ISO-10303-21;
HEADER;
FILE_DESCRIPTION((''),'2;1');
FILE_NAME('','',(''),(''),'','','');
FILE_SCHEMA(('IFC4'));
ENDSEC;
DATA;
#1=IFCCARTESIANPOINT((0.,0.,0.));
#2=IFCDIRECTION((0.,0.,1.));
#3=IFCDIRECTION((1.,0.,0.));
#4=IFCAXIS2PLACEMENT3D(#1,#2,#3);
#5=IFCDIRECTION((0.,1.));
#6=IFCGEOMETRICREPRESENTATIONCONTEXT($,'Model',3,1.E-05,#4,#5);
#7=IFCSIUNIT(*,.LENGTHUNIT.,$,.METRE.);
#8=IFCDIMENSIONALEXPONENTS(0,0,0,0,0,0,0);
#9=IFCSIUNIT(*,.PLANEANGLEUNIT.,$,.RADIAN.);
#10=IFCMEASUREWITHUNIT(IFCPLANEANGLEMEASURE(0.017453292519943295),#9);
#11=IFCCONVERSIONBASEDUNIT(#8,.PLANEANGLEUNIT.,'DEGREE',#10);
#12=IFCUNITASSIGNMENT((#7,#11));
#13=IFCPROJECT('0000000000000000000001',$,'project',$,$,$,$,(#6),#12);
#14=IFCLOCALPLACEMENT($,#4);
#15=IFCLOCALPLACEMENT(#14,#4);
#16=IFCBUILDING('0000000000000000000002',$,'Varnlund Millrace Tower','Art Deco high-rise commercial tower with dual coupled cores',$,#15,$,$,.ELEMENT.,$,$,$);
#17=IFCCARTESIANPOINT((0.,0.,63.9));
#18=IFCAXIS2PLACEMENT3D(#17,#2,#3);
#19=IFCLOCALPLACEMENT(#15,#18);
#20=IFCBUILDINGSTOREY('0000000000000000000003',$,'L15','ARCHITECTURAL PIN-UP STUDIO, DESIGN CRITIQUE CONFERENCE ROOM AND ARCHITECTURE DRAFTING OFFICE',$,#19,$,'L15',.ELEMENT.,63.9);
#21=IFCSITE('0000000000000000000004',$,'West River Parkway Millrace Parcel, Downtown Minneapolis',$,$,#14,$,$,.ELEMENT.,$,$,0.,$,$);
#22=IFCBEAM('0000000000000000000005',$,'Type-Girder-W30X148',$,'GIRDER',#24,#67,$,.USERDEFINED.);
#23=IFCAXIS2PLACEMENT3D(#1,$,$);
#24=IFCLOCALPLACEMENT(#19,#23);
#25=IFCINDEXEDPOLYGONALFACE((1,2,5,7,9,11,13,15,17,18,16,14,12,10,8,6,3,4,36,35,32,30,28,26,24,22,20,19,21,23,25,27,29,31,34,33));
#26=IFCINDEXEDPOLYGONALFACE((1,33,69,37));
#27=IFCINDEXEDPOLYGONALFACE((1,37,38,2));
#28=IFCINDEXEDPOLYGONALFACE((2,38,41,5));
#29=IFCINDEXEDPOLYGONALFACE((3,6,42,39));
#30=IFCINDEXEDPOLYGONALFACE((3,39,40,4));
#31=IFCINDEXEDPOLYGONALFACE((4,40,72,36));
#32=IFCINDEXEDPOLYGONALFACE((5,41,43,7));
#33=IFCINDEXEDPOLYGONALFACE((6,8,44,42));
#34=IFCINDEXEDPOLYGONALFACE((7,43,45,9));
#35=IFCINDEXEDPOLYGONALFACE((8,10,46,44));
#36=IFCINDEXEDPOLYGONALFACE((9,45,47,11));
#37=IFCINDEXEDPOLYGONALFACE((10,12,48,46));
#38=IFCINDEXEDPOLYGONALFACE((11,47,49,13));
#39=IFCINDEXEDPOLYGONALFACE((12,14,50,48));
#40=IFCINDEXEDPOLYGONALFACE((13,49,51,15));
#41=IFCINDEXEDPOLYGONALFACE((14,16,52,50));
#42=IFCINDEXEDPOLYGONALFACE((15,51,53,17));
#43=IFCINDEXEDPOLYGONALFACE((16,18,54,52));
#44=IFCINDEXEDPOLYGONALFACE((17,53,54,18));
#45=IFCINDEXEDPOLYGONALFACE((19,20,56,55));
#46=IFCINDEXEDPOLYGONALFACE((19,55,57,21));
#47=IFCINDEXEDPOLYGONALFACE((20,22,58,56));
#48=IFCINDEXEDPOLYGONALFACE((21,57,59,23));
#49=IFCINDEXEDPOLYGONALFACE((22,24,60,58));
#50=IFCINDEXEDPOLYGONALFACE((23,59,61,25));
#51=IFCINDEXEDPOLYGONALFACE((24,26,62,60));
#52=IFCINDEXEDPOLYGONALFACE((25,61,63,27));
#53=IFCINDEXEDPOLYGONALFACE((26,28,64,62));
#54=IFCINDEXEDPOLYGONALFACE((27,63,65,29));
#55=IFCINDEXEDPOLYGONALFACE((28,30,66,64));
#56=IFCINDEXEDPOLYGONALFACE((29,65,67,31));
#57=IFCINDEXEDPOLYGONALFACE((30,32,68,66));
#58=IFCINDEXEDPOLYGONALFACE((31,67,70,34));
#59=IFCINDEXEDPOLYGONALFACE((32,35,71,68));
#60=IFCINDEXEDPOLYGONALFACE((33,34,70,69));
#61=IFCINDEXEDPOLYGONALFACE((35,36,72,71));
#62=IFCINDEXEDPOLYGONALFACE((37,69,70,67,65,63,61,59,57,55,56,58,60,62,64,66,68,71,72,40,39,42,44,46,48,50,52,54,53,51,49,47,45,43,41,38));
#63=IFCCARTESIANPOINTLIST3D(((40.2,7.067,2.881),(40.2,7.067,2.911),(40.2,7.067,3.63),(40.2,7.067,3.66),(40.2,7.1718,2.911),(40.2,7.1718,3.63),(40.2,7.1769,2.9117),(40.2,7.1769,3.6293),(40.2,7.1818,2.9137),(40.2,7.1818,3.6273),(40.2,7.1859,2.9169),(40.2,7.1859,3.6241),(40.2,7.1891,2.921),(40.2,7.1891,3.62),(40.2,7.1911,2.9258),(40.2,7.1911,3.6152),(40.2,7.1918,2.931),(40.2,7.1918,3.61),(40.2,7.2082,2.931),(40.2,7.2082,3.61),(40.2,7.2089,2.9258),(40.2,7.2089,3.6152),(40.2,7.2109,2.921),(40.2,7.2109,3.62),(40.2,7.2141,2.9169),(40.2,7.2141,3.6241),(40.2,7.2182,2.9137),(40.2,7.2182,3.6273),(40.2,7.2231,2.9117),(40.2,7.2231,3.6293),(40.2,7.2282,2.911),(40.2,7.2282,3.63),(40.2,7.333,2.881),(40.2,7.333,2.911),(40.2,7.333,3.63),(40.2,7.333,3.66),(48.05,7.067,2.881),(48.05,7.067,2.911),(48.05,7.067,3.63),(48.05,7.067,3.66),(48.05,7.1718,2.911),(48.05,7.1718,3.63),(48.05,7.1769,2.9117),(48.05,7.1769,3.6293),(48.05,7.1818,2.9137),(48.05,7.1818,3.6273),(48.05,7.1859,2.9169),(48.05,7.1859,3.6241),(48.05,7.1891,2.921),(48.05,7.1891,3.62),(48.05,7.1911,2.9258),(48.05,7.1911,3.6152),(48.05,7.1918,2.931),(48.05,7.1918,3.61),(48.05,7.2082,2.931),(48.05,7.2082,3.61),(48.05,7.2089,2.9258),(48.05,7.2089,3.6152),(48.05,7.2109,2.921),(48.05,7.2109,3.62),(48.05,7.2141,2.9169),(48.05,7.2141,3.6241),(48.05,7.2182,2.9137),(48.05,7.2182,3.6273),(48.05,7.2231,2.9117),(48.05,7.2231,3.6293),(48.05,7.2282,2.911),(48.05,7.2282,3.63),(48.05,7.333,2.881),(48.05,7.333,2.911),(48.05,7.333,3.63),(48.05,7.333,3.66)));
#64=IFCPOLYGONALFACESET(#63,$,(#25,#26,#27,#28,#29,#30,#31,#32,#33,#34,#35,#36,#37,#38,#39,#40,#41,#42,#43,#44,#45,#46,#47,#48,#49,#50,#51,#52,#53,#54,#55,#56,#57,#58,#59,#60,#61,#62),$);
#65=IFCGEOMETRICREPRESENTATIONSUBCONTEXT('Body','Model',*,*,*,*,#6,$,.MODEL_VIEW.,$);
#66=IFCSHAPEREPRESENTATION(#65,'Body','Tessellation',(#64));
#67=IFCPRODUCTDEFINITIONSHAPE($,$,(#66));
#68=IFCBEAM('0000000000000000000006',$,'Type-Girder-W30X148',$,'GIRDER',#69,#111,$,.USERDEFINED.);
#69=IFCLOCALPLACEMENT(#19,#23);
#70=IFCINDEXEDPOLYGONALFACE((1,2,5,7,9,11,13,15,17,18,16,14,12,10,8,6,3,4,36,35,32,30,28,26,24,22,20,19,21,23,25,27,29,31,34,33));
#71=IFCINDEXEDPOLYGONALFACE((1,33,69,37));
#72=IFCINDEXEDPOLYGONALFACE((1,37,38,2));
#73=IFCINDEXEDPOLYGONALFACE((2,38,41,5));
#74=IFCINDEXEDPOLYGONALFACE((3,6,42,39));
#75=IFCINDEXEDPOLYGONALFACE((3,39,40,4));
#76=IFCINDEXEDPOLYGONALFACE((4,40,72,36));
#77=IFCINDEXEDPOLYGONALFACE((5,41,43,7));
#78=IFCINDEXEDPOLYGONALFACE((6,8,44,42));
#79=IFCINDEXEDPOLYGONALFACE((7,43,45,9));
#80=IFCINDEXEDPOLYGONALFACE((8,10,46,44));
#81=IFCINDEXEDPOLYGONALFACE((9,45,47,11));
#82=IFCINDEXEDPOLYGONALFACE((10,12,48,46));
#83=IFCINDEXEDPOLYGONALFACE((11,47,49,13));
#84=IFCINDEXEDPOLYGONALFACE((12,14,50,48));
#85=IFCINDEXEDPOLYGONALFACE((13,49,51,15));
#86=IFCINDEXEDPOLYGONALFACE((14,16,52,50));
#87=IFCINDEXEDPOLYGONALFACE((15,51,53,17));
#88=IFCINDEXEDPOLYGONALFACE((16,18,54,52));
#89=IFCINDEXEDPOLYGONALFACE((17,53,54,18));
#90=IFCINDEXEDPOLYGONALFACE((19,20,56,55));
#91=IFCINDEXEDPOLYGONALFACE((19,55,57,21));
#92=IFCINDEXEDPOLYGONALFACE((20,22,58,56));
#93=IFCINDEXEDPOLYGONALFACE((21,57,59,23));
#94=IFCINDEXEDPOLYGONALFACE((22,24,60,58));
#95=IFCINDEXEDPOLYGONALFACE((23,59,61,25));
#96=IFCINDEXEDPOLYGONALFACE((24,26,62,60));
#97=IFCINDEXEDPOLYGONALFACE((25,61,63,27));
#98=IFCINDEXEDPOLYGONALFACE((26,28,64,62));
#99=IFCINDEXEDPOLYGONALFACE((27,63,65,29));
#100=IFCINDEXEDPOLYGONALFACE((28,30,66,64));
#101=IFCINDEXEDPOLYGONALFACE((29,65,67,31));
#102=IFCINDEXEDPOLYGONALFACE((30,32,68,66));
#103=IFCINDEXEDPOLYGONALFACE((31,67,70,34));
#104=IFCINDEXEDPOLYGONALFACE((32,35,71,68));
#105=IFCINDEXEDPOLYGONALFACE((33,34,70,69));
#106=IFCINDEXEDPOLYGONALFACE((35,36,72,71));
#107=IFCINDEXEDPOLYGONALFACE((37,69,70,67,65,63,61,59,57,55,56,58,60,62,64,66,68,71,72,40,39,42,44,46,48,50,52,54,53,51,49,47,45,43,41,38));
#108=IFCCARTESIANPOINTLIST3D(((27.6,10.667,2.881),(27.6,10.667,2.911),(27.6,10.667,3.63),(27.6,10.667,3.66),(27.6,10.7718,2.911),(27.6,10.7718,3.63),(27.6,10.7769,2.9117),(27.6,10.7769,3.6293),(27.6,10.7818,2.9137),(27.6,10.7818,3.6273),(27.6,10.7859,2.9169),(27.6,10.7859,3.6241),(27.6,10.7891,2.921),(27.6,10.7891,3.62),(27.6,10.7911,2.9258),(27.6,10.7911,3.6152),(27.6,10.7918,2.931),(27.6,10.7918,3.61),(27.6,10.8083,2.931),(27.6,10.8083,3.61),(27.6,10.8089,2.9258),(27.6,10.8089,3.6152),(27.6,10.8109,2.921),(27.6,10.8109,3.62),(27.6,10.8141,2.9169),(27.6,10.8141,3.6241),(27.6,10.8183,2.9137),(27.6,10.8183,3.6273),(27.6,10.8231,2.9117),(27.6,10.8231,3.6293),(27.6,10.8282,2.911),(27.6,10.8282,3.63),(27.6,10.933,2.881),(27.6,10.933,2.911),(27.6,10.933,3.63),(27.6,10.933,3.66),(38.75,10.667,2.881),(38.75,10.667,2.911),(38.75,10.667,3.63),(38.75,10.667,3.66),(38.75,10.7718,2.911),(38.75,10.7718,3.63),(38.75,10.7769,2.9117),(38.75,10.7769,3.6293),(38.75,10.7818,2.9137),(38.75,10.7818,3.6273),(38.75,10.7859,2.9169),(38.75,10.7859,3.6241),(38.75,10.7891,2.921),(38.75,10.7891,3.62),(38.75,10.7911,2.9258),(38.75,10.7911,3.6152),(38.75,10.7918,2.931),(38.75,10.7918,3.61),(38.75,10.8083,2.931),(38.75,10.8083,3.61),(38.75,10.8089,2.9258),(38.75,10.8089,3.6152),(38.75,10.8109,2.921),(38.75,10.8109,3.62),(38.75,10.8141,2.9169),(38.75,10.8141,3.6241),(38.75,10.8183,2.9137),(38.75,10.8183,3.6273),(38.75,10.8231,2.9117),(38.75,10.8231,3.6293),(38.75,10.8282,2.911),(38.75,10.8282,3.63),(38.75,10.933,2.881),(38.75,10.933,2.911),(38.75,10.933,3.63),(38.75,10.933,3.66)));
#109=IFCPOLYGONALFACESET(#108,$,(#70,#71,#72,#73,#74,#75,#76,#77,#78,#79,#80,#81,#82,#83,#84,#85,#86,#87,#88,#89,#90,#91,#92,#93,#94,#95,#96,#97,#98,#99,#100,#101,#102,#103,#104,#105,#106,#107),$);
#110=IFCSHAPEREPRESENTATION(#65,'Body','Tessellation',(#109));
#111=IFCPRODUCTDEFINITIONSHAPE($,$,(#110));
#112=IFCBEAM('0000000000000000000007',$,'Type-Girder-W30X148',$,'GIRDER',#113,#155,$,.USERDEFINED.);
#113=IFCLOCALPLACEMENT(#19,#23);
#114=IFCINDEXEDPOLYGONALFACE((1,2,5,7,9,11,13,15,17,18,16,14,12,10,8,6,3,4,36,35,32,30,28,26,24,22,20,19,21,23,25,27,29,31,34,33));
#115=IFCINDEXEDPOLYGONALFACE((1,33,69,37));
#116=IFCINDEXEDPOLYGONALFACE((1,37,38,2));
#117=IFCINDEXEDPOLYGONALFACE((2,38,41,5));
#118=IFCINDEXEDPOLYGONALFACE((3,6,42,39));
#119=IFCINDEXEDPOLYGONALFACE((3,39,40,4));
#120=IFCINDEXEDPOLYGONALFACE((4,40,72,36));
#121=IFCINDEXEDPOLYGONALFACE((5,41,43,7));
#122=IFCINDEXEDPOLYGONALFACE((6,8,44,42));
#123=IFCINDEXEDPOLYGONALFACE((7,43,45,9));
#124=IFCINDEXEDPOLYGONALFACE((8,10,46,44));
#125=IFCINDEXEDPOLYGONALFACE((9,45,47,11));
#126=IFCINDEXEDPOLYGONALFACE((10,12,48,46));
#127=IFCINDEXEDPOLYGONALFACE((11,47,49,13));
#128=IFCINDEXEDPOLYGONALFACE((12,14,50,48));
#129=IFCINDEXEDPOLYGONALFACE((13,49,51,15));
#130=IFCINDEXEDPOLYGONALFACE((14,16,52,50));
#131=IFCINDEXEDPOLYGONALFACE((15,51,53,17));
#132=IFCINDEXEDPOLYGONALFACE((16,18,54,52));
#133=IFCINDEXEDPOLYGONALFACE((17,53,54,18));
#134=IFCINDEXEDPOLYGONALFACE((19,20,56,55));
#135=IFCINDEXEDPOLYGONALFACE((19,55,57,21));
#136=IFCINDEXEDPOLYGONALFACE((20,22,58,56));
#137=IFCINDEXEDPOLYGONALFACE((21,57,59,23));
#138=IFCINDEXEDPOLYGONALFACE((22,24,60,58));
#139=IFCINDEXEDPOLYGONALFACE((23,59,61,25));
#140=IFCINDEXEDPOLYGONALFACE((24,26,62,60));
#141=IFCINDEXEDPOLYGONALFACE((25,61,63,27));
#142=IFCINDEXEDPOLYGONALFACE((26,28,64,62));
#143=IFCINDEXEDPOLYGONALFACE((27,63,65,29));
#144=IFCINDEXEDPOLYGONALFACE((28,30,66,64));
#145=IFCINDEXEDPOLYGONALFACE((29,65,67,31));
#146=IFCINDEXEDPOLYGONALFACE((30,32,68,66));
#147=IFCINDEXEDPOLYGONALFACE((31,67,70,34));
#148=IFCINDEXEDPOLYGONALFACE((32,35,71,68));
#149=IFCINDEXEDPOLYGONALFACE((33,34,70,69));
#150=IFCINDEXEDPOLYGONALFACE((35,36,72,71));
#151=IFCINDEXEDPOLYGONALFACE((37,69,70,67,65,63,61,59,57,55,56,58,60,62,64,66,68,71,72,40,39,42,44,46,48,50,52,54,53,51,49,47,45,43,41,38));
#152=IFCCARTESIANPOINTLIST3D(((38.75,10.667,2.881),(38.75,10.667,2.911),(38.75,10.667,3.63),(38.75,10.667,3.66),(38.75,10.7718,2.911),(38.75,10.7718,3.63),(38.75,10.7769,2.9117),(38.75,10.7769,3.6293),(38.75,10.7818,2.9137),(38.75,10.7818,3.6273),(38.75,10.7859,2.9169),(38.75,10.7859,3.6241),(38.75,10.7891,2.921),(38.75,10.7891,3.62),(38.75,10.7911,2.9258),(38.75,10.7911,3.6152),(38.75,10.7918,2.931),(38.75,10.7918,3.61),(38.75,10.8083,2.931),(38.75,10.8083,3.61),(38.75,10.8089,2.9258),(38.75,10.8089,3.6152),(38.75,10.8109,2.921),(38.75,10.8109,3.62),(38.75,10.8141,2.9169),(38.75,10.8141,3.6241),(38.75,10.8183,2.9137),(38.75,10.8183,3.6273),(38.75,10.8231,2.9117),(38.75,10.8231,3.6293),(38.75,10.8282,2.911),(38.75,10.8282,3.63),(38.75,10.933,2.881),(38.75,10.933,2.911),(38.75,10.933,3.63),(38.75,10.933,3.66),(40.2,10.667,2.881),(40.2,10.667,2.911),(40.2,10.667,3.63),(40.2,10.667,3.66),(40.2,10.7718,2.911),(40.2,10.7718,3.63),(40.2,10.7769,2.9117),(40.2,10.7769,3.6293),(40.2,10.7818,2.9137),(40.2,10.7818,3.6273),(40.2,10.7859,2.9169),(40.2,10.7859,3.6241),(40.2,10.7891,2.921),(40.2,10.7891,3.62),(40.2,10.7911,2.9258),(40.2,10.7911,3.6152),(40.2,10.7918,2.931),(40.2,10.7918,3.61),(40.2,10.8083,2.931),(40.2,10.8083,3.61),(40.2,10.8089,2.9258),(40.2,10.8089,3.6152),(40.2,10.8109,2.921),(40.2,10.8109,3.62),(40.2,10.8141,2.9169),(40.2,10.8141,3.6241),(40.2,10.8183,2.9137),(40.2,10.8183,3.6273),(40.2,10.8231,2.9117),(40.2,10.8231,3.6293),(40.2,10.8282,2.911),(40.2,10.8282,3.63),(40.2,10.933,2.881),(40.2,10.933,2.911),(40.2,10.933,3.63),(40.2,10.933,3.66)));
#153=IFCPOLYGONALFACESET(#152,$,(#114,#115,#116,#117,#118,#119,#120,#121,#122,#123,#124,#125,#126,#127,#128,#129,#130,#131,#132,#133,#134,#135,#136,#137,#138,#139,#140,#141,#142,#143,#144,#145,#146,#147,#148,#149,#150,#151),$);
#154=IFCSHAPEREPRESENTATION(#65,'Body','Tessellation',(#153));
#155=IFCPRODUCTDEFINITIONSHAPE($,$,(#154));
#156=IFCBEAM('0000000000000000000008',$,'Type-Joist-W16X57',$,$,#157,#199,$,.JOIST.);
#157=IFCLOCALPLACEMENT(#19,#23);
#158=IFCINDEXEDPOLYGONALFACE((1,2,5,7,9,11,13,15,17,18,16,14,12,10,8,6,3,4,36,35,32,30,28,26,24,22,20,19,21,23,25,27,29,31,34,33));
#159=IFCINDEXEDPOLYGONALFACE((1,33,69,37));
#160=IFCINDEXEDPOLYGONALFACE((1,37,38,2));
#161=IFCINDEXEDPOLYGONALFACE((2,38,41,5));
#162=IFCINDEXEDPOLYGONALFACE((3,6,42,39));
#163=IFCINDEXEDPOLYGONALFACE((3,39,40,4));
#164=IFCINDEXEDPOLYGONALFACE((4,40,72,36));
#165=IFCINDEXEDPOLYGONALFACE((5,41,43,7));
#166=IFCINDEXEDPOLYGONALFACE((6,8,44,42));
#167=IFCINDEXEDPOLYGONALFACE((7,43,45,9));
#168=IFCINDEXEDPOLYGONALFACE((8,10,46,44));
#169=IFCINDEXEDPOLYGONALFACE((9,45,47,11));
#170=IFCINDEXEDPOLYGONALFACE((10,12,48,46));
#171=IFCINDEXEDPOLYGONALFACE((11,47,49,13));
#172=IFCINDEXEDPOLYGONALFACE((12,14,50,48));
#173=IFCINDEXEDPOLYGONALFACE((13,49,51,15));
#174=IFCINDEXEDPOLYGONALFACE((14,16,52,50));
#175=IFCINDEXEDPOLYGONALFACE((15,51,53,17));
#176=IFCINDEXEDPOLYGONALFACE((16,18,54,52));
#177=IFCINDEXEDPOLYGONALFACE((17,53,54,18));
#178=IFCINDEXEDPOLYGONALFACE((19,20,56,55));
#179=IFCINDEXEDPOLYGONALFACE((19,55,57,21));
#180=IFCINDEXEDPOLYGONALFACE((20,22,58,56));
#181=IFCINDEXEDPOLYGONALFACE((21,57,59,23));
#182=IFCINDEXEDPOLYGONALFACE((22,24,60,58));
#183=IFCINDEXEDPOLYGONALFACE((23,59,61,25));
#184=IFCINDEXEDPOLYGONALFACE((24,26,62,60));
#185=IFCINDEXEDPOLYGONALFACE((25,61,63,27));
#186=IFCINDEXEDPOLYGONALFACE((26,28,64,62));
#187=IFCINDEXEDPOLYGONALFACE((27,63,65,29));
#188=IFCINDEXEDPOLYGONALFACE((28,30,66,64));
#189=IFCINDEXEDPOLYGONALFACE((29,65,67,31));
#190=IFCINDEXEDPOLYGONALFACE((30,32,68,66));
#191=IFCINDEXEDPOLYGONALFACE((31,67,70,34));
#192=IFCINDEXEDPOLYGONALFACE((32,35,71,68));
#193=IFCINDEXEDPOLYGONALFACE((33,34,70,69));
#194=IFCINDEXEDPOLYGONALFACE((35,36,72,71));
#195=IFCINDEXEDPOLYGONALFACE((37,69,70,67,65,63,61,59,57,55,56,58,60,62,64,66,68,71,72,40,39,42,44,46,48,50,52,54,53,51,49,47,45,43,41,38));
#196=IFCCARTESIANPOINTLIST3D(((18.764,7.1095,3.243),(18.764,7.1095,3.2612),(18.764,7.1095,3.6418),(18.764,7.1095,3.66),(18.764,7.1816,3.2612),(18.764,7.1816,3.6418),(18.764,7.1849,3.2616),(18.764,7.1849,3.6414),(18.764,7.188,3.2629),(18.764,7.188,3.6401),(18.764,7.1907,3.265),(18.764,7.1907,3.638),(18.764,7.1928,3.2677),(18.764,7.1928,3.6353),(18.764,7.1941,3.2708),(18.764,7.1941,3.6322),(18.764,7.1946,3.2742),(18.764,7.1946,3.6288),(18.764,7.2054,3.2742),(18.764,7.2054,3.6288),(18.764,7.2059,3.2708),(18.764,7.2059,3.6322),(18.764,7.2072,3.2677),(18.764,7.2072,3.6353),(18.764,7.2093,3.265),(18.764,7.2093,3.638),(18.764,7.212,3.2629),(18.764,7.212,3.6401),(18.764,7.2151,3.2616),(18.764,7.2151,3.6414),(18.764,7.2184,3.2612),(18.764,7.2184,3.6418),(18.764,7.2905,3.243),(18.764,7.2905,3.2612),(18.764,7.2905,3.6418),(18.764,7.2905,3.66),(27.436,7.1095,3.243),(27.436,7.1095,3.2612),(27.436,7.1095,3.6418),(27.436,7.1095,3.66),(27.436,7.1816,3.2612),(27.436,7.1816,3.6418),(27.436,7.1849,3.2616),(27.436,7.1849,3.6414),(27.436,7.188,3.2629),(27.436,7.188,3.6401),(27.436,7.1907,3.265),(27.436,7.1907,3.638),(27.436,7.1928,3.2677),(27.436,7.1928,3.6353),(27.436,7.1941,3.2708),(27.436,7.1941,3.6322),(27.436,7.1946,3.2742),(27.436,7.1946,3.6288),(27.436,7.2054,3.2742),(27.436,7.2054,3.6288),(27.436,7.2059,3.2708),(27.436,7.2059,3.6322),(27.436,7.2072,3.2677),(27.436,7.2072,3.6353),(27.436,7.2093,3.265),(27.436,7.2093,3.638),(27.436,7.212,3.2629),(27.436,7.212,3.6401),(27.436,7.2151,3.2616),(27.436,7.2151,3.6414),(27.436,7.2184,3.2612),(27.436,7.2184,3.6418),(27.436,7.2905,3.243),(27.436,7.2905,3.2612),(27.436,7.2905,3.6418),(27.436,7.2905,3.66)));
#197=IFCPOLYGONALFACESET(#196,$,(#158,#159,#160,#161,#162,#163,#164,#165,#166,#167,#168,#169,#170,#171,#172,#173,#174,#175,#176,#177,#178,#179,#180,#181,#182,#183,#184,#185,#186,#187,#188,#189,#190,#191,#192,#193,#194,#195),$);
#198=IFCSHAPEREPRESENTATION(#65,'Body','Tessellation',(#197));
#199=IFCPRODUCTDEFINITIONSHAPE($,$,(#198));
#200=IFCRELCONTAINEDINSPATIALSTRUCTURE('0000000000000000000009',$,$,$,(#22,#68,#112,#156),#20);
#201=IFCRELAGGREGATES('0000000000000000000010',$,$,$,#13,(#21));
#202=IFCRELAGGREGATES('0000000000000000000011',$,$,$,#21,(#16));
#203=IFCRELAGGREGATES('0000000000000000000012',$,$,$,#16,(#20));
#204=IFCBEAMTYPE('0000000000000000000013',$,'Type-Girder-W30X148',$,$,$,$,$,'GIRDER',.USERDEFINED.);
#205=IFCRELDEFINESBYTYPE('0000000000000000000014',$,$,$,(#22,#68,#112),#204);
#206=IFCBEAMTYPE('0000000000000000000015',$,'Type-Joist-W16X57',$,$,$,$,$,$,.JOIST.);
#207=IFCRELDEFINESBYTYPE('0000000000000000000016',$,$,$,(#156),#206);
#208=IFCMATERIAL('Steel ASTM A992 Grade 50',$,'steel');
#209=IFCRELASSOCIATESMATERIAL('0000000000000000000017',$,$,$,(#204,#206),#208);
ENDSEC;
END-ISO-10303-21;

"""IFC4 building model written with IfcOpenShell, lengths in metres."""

from ifc_helpers import new_model, entity, si_unit, converted_unit, direction, frame, origin_with_axes, origin_2d_with_axis, place, context, subcontext, project, spatial, i_section, extrude, material, material_profile, profile_set, type_object, element, save


model = new_model("IFC4")

# Units and contexts
model_context = context("Model", 3, precision=1e-05, world=origin_with_axes(), true_north=direction((0.0, 1.0)))
body_context = subcontext(model_context, "Body", "Model", "MODEL_VIEW")
ifc_project = project(units=[si_unit("LENGTHUNIT", "METRE"), converted_unit("PLANEANGLEUNIT", "DEGREE", entity("IfcPlaneAngleMeasure", 0.017453292519943295), si_unit("PLANEANGLEUNIT", "RADIAN"), dimensions=[0, 0, 0, 0, 0, 0, 0])], contexts=[model_context])

# Site, building, storey
site_placement = place(None, origin_with_axes())
site = spatial("IfcSite", under=ifc_project, at=site_placement, Name="West River Parkway Millrace Parcel, Downtown Minneapolis", CompositionType="ELEMENT", RefElevation=0.0)
building_placement = place(site_placement, origin_with_axes())
building = spatial("IfcBuilding", under=site, at=building_placement, Name="Varnlund Millrace Tower", Description="Art Deco high-rise commercial tower with dual coupled cores", CompositionType="ELEMENT")
storey_placement = place(building_placement, frame((0.0, 0.0, 63.9), z_axis=(0.0, 0.0, 1.0), x_axis=(1.0, 0.0, 0.0)))
storey = spatial("IfcBuildingStorey", under=building, at=storey_placement, Name="L15", Description="ARCHITECTURAL PIN-UP STUDIO, DESIGN CRITIQUE CONFERENCE ROOM AND ARCHITECTURE DRAFTING OFFICE", LongName="L15", CompositionType="ELEMENT", Elevation=63.9)

# Beams
ifc_material_1 = material(Name="Steel ASTM A992 Grade 50", Category="steel")
ifc_material_profile_1 = material_profile(ifc_material_1, i_section(OverallWidth=0.266, OverallDepth=0.779, WebThickness=0.0165, FlangeThickness=0.03, FilletRadius=0.02, at=origin_2d_with_axis()), Name="Steel ASTM A992 Grade 50")
ifc_profile_set_1 = profile_set([ifc_material_profile_1], Name="Steel ASTM A992 Grade 50")
beam_type_1 = type_object("IfcBeamType", Name="Type-Girder-W30X148", ElementType="GIRDER", PredefinedType="USERDEFINED", material=ifc_profile_set_1)
beam_1_placement = place(storey_placement, frame((40.2, 7.2, 3.2705), z_axis=(1.0, 0.0, 0.0), x_axis=(0.0, 1.0, 0.0)))
element("IfcBeam", 1, at=beam_1_placement, inside=storey, type_object=beam_type_1, Name="Type-Girder-W30X148", ObjectType="GIRDER", PredefinedType="USERDEFINED", context=body_context, shape_type="SweptSolid", body=[
    extrude(i_section(OverallWidth=0.266, OverallDepth=0.779, WebThickness=0.0165, FlangeThickness=0.03, FilletRadius=0.02, at=origin_2d_with_axis()), origin_with_axes(), (0.0, 0.0, 1.0), 7.85),
])
beam_2_placement = place(storey_placement, frame((27.6, 10.8, 3.2705), z_axis=(1.0, 0.0, 0.0), x_axis=(0.0, 1.0, 0.0)))
element("IfcBeam", 2, at=beam_2_placement, inside=storey, type_object=beam_type_1, Name="Type-Girder-W30X148", ObjectType="GIRDER", PredefinedType="USERDEFINED", context=body_context, shape_type="SweptSolid", body=[
    extrude(i_section(OverallWidth=0.266, OverallDepth=0.779, WebThickness=0.0165, FlangeThickness=0.03, FilletRadius=0.02, at=origin_2d_with_axis()), origin_with_axes(), (0.0, 0.0, 1.0), 11.15),
])
beam_3_placement = place(storey_placement, frame((38.75, 10.8, 3.2705), z_axis=(1.0, 0.0, 0.0), x_axis=(0.0, 1.0, 0.0)))
element("IfcBeam", 3, at=beam_3_placement, inside=storey, type_object=beam_type_1, Name="Type-Girder-W30X148", ObjectType="GIRDER", PredefinedType="USERDEFINED", context=body_context, shape_type="SweptSolid", body=[
    extrude(i_section(OverallWidth=0.266, OverallDepth=0.779, WebThickness=0.0165, FlangeThickness=0.03, FilletRadius=0.02, at=origin_2d_with_axis()), origin_with_axes(), (0.0, 0.0, 1.0), 1.45),
])
ifc_material_profile_2 = material_profile(ifc_material_1, i_section(OverallWidth=0.181, OverallDepth=0.417, WebThickness=0.0109, FlangeThickness=0.0182, FilletRadius=0.013, at=origin_2d_with_axis()), Name="Steel ASTM A992 Grade 50")
ifc_profile_set_2 = profile_set([ifc_material_profile_2], Name="Steel ASTM A992 Grade 50")
beam_type_2 = type_object("IfcBeamType", Name="Type-Joist-W16X57", PredefinedType="JOIST", material=ifc_profile_set_2)
for number, where, z_axis, x_axis, name in (
    (4, (18.764, 7.2, 3.4515), (1.0, 0.0, 0.0), (0.0, 1.0, 0.0), "Type-Joist-W16X57"),
):
    element("IfcBeam", number, at=place(storey_placement, frame(where, z_axis=z_axis, x_axis=x_axis)), inside=storey, type_object=beam_type_2, Name=name, PredefinedType="JOIST", context=body_context, shape_type="SweptSolid", body=[
        extrude(i_section(OverallWidth=0.181, OverallDepth=0.417, WebThickness=0.0109, FlangeThickness=0.0182, FilletRadius=0.013, at=origin_2d_with_axis()), origin_with_axes(), (0.0, 0.0, 1.0), 8.672),
    ])

save(model, "model.ifc")
